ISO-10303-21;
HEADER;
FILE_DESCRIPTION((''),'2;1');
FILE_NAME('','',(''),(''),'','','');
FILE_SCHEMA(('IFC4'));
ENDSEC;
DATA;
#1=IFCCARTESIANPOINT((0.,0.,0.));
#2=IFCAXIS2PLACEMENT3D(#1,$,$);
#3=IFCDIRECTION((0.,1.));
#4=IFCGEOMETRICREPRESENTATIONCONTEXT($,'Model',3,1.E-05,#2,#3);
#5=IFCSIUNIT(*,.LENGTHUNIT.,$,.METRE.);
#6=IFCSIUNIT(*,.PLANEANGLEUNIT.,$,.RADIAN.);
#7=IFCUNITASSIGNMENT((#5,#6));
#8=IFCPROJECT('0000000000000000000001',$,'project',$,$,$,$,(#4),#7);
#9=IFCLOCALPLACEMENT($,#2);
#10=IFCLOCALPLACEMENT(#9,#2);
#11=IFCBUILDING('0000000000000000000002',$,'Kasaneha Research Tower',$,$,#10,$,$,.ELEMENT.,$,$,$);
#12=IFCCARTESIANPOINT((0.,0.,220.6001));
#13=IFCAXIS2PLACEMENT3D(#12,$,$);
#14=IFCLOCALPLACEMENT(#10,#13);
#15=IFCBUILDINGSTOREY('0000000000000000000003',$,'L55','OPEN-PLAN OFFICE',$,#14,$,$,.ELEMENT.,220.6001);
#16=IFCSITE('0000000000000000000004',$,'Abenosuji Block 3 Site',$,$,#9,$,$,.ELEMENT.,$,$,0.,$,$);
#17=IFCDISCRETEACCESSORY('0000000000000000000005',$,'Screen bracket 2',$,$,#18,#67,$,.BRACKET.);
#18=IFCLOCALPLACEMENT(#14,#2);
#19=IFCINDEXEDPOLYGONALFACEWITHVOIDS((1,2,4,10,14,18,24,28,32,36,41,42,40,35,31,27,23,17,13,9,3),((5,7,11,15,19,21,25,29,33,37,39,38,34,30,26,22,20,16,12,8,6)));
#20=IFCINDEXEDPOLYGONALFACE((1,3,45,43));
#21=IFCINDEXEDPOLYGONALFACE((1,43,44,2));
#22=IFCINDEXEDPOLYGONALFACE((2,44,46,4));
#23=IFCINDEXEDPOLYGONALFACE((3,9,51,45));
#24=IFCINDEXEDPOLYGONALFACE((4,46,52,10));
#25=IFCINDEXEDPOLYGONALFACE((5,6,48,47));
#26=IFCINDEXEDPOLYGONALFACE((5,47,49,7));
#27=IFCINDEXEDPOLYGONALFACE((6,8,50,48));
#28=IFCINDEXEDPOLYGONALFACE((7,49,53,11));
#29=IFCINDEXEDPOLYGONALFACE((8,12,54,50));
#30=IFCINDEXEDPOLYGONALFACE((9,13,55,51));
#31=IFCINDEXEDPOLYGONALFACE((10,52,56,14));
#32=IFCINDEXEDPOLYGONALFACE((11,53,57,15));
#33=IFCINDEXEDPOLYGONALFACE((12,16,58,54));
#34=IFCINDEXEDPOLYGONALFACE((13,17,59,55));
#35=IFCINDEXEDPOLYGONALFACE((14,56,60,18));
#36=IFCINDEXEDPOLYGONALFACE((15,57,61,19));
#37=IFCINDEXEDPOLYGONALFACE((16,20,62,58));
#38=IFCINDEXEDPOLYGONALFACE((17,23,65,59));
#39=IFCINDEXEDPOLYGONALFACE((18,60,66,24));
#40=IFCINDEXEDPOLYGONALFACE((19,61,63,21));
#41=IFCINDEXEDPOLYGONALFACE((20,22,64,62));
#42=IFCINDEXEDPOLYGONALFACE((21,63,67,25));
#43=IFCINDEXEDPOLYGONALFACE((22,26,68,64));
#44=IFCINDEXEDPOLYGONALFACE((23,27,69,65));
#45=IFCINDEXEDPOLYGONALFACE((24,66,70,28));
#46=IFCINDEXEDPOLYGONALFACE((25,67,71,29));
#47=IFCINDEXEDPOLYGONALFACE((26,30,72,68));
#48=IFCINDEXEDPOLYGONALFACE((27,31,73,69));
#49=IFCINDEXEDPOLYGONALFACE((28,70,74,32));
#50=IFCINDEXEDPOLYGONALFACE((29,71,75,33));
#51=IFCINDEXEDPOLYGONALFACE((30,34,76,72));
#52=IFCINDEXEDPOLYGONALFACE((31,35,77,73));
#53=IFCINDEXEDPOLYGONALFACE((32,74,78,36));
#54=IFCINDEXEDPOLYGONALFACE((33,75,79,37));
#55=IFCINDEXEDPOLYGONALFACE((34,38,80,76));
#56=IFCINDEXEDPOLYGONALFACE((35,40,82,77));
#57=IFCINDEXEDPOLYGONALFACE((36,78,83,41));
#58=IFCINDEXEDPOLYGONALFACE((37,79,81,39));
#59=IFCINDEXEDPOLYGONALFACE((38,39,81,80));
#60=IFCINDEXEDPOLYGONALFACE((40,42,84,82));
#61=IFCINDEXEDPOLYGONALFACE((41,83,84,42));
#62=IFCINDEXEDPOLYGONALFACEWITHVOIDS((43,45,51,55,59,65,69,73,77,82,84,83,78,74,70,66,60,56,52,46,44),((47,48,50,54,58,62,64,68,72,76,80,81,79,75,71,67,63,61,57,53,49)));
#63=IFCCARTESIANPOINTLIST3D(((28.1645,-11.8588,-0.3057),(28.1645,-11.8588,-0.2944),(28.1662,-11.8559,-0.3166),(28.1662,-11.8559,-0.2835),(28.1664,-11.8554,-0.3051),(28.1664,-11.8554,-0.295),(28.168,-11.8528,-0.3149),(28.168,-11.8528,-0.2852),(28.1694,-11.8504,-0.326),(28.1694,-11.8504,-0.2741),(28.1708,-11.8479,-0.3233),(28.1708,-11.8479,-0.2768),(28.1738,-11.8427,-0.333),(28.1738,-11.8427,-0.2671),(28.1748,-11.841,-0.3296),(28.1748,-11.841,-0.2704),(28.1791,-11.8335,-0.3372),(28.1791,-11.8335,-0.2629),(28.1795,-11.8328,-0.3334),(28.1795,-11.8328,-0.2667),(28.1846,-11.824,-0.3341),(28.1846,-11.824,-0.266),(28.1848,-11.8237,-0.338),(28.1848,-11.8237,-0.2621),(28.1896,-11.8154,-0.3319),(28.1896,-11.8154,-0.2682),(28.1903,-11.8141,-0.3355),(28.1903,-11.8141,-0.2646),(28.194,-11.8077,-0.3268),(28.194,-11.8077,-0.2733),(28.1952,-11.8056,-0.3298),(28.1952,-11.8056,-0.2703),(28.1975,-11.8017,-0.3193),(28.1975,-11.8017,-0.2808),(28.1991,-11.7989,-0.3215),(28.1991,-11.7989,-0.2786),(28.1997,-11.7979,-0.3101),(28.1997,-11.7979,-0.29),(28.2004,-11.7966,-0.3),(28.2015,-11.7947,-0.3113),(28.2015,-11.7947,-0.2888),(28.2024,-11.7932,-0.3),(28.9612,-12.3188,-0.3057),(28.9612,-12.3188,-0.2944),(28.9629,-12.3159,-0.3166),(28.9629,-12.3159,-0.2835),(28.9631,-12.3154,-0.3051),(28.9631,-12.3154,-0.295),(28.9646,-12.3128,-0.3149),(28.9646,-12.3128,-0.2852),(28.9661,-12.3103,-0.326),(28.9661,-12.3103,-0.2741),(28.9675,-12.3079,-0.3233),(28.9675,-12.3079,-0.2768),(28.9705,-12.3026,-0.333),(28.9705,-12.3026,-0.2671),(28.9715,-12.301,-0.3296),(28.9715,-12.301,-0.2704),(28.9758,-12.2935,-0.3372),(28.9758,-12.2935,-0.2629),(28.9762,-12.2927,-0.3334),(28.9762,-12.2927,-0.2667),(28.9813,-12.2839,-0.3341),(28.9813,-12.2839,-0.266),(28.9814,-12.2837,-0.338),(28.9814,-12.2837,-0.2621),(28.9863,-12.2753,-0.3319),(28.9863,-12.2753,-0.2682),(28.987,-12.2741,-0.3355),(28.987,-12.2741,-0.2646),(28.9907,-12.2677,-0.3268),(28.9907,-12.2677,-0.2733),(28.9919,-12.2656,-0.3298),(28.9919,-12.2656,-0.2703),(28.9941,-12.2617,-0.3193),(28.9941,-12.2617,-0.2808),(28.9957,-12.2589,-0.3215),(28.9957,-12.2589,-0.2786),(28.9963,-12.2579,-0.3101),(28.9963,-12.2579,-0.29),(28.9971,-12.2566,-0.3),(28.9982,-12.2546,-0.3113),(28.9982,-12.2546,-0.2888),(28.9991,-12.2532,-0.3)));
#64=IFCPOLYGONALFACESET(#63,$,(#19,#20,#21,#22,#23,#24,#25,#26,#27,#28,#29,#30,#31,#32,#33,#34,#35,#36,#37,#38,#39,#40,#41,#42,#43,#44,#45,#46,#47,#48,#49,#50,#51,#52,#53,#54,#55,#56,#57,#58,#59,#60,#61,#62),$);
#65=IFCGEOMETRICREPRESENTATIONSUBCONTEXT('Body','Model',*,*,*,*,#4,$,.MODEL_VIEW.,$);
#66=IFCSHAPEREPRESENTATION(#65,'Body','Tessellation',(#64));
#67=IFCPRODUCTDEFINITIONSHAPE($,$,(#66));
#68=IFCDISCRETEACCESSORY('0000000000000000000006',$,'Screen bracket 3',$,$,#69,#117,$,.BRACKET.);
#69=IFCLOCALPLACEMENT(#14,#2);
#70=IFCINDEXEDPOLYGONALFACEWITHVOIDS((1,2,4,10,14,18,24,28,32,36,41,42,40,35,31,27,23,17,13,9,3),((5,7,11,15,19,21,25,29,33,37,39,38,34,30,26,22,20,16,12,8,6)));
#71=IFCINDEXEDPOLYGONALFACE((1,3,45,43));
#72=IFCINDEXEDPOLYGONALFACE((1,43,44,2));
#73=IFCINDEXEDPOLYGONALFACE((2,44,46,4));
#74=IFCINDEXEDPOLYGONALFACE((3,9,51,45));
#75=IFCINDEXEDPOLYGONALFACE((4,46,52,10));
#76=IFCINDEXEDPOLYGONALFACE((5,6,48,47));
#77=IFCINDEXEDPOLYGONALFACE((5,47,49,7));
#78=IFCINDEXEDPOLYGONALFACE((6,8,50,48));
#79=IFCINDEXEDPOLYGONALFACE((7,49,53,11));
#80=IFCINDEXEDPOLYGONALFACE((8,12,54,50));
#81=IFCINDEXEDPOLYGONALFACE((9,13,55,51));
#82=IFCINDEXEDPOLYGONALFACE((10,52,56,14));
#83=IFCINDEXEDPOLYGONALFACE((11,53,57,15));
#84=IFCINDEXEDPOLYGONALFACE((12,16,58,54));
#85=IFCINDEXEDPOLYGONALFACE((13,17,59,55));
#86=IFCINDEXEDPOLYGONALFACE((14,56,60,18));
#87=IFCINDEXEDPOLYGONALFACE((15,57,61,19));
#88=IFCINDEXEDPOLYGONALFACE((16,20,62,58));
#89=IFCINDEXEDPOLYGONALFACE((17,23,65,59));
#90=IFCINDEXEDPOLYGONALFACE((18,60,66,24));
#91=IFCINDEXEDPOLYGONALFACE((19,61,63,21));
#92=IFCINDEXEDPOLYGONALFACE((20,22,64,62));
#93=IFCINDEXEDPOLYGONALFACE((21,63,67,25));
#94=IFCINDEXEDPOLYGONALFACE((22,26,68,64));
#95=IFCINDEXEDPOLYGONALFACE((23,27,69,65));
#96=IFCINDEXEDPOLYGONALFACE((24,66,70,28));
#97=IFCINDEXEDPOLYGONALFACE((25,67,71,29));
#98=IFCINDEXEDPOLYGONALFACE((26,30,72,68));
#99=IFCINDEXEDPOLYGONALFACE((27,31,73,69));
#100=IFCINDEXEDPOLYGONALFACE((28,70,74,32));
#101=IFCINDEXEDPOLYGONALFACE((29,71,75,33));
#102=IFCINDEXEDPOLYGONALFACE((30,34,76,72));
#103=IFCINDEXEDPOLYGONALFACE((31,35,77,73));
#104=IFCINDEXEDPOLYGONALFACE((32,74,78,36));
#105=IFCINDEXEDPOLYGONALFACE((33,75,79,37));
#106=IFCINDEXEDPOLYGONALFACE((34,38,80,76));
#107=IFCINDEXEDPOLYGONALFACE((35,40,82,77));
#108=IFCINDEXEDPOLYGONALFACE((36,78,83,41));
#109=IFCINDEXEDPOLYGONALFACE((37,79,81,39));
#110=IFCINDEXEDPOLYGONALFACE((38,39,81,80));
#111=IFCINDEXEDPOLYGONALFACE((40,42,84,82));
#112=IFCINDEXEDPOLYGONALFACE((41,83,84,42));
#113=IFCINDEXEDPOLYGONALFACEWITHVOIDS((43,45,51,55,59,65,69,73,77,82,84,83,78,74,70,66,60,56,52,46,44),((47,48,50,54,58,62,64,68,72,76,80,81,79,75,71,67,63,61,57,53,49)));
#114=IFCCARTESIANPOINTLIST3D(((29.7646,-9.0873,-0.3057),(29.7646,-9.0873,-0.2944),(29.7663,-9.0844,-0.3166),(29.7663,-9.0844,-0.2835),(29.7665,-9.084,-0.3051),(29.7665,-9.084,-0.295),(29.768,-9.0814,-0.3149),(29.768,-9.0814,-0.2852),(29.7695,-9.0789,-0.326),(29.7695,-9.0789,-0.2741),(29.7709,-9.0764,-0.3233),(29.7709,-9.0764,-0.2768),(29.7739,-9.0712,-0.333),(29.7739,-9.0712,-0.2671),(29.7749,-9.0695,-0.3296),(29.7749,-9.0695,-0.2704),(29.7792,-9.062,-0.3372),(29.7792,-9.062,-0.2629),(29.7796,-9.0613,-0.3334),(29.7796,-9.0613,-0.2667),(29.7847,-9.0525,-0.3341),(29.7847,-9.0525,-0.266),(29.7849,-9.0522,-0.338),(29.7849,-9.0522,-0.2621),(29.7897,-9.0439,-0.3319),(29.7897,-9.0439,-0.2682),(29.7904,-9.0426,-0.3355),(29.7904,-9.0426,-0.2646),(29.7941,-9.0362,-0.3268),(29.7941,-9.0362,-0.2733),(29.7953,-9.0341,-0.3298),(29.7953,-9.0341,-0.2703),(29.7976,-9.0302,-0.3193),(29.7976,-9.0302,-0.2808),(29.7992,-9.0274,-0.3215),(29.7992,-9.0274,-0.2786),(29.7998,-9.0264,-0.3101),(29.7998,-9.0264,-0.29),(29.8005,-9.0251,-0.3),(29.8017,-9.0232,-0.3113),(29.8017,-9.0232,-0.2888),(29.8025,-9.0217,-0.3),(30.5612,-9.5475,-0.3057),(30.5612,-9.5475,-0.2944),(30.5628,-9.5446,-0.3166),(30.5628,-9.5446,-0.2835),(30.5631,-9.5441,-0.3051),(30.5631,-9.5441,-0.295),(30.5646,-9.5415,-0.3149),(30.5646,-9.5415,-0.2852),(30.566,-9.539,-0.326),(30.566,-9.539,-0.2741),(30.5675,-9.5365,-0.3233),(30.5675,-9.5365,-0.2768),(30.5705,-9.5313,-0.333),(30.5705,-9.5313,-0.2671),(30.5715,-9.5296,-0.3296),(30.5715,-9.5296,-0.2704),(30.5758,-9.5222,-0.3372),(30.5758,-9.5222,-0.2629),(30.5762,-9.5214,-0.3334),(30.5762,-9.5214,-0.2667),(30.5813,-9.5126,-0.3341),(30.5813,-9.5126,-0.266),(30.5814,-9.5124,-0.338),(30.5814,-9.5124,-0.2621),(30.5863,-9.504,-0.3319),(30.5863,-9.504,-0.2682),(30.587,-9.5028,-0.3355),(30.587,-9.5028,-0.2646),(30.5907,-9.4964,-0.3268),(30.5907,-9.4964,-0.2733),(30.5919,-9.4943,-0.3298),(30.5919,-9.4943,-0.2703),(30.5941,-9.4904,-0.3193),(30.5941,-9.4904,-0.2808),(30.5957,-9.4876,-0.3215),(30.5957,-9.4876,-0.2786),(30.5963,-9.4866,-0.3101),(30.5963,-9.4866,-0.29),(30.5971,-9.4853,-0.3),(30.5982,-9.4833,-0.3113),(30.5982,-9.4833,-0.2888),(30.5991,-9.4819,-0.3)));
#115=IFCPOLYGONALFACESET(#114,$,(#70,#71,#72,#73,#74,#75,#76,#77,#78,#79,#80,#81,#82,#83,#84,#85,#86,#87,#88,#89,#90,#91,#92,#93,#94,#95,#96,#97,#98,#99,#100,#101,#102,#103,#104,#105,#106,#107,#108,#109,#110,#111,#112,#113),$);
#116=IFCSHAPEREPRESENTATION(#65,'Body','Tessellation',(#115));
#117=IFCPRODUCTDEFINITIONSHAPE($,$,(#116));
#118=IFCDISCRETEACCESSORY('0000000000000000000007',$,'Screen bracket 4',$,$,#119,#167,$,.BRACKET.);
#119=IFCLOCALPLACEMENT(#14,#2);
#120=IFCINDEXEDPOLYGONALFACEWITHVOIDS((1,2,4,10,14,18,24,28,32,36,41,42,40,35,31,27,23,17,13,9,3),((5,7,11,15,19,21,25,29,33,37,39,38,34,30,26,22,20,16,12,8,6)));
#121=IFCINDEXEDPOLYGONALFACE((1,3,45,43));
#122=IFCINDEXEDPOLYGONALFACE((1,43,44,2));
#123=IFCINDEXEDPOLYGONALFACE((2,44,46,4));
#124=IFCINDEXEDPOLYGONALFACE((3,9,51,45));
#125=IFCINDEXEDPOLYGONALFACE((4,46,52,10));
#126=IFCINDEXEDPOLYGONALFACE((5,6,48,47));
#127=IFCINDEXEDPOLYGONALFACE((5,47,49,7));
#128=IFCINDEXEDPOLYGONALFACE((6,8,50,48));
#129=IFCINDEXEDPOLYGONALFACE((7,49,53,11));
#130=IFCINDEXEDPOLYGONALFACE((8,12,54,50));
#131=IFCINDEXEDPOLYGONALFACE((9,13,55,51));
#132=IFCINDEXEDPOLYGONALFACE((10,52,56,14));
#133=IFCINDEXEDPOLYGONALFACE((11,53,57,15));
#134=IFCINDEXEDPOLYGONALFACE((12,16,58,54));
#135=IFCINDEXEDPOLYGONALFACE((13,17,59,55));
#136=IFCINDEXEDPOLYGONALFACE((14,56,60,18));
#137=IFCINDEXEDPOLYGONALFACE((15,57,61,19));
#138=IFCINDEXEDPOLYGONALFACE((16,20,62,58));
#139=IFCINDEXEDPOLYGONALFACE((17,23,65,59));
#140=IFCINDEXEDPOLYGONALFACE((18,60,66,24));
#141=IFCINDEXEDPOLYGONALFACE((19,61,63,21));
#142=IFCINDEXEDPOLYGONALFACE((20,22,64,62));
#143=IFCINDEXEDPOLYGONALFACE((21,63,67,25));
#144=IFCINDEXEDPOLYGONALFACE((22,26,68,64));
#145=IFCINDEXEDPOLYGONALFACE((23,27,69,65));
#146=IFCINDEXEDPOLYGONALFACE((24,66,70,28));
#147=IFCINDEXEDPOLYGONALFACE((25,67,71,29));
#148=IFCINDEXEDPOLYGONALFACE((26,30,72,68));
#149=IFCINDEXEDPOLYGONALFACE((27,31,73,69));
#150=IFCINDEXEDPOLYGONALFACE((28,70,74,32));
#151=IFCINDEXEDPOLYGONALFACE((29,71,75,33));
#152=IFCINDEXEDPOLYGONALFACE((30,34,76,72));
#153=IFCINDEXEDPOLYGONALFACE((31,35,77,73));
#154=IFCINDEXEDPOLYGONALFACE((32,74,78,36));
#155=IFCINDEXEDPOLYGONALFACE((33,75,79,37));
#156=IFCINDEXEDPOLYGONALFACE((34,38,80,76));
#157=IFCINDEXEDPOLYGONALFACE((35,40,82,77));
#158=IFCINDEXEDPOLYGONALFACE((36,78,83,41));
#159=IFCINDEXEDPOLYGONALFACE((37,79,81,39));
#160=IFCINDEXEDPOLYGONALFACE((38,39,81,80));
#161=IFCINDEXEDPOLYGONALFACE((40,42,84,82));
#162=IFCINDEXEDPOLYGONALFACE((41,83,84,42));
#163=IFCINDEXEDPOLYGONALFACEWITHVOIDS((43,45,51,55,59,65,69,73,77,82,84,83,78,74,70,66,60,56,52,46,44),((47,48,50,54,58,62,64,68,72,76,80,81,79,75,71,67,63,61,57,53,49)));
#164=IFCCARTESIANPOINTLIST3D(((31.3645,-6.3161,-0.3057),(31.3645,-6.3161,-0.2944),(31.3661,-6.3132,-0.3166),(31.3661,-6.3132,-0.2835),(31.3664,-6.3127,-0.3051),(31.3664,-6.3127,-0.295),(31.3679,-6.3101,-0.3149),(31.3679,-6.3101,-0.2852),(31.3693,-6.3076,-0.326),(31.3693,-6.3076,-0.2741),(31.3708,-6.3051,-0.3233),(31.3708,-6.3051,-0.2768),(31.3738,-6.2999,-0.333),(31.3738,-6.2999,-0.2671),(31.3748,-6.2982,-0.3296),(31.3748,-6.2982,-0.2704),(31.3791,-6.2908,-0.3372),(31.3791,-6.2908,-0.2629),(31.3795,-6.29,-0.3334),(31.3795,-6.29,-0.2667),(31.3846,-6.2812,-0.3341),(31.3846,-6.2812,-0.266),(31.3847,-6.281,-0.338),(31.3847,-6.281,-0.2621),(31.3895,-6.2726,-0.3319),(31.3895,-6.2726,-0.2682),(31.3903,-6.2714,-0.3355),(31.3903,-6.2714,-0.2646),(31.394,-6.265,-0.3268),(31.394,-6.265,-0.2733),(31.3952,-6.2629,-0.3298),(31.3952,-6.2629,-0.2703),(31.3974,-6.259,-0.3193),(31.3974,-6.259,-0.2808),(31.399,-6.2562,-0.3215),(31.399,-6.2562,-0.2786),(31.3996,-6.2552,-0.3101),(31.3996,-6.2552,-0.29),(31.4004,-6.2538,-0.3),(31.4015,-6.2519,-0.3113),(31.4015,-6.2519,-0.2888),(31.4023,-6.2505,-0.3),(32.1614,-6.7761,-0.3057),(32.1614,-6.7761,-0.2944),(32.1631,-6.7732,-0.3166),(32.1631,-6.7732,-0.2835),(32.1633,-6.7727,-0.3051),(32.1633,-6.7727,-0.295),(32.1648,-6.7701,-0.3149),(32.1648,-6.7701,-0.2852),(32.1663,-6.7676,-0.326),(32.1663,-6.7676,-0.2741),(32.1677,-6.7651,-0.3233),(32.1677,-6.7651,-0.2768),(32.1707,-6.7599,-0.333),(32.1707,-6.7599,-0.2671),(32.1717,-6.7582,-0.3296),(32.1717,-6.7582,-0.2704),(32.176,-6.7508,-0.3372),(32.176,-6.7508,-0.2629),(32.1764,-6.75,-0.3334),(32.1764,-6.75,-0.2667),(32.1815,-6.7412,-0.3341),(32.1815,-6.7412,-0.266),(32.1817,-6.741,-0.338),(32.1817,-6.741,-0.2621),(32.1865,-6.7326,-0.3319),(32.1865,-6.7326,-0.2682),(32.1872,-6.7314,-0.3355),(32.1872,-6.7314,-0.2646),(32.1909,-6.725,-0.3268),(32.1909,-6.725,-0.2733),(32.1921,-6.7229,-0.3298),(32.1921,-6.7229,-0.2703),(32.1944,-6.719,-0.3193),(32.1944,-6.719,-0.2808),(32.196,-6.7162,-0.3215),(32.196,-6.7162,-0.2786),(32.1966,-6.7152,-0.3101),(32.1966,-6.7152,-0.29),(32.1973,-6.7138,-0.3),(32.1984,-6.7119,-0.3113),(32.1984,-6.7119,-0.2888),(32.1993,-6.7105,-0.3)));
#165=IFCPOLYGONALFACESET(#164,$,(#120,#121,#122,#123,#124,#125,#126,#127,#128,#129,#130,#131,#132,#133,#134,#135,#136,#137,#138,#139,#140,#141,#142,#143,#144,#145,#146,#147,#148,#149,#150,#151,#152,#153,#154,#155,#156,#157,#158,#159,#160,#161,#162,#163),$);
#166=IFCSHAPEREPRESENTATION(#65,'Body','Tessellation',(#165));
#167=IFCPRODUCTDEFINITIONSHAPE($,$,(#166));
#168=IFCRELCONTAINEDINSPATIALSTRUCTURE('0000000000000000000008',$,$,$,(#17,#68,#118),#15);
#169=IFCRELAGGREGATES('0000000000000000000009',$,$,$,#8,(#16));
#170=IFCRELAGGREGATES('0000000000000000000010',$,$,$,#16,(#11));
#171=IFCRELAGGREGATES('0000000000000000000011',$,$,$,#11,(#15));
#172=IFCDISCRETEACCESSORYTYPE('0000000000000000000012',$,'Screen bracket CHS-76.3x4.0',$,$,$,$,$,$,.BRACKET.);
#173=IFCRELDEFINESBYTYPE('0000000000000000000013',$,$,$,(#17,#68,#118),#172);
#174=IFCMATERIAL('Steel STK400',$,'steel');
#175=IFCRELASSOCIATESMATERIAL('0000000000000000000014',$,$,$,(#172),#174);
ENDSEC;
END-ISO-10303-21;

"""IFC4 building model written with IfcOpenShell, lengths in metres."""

from ifc_helpers import new_model, si_unit, direction, frame, origin, origin_2d, place, context, subcontext, project, spatial, hollow_circle, extrude, material, material_profile, profile_set, type_object, element, save


model = new_model("IFC4")

# Units and contexts
model_context = context("Model", 3, precision=1e-05, world=origin(), true_north=direction((0.0, 1.0)))
body_context = subcontext(model_context, "Body", "Model", "MODEL_VIEW")
ifc_project = project(units=[si_unit("LENGTHUNIT", "METRE"), si_unit("PLANEANGLEUNIT", "RADIAN")], contexts=[model_context])

# Site, building, storey
site_placement = place(None, origin())
site = spatial("IfcSite", under=ifc_project, at=site_placement, Name="Abenosuji Block 3 Site", CompositionType="ELEMENT", RefElevation=0.0)
building_placement = place(site_placement, origin())
building = spatial("IfcBuilding", under=site, at=building_placement, Name="Kasaneha Research Tower", CompositionType="ELEMENT")
storey_placement = place(building_placement, frame((0.0, 0.0, 220.6001)))
storey = spatial("IfcBuildingStorey", under=building, at=storey_placement, Name="L55", Description="OPEN-PLAN OFFICE", CompositionType="ELEMENT", Elevation=220.6001)

# Discrete accessories
ifc_material_1 = material(Name="Steel STK400", Category="steel")
ifc_material_profile_1 = material_profile(ifc_material_1, hollow_circle(Radius=0.0381, WallThickness=0.0039, at=origin_2d()), Name="CHS-76.3x4.0")
ifc_profile_set_1 = profile_set([ifc_material_profile_1], Name="Steel STK400")
discrete_accessory_type = type_object("IfcDiscreteAccessoryType", Name="Screen bracket CHS-76.3x4.0", PredefinedType="BRACKET", material=ifc_profile_set_1)
for number, where, z_axis, x_axis, name in (
    (1, (28.1833, -11.8262, -0.3), (0.866013, -0.500021, 0.0), (0.500021, 0.866013, 0.0), "Screen bracket 2"),
    (2, (29.7834, -9.0547, -0.3), (0.865898, -0.50022, 0.0), (0.50022, 0.865898, 0.0), "Screen bracket 3"),
):
    element("IfcDiscreteAccessory", number, at=place(storey_placement, frame(where, z_axis=z_axis, x_axis=x_axis)), inside=storey, type_object=discrete_accessory_type, Name=name, PredefinedType="BRACKET", context=body_context, shape_type="SweptSolid", body=[
        extrude(hollow_circle(Radius=0.0381, WallThickness=0.0039, at=origin_2d()), origin(), (0.0, 0.0, 1.0), 0.9199),
    ])
discrete_accessory_1_placement = place(storey_placement, frame((31.3833, -6.2834, -0.3), z_axis=(0.86608, -0.499906, 0.0), x_axis=(0.499906, 0.86608, 0.0)))
element("IfcDiscreteAccessory", 3, at=discrete_accessory_1_placement, inside=storey, type_object=discrete_accessory_type, Name="Screen bracket 4", PredefinedType="BRACKET", context=body_context, shape_type="SweptSolid", body=[
    extrude(hollow_circle(Radius=0.0381, WallThickness=0.0039, at=origin_2d()), origin(), (0.0, 0.0, 1.0), 0.9202),
])

save(model, "model.ifc")
